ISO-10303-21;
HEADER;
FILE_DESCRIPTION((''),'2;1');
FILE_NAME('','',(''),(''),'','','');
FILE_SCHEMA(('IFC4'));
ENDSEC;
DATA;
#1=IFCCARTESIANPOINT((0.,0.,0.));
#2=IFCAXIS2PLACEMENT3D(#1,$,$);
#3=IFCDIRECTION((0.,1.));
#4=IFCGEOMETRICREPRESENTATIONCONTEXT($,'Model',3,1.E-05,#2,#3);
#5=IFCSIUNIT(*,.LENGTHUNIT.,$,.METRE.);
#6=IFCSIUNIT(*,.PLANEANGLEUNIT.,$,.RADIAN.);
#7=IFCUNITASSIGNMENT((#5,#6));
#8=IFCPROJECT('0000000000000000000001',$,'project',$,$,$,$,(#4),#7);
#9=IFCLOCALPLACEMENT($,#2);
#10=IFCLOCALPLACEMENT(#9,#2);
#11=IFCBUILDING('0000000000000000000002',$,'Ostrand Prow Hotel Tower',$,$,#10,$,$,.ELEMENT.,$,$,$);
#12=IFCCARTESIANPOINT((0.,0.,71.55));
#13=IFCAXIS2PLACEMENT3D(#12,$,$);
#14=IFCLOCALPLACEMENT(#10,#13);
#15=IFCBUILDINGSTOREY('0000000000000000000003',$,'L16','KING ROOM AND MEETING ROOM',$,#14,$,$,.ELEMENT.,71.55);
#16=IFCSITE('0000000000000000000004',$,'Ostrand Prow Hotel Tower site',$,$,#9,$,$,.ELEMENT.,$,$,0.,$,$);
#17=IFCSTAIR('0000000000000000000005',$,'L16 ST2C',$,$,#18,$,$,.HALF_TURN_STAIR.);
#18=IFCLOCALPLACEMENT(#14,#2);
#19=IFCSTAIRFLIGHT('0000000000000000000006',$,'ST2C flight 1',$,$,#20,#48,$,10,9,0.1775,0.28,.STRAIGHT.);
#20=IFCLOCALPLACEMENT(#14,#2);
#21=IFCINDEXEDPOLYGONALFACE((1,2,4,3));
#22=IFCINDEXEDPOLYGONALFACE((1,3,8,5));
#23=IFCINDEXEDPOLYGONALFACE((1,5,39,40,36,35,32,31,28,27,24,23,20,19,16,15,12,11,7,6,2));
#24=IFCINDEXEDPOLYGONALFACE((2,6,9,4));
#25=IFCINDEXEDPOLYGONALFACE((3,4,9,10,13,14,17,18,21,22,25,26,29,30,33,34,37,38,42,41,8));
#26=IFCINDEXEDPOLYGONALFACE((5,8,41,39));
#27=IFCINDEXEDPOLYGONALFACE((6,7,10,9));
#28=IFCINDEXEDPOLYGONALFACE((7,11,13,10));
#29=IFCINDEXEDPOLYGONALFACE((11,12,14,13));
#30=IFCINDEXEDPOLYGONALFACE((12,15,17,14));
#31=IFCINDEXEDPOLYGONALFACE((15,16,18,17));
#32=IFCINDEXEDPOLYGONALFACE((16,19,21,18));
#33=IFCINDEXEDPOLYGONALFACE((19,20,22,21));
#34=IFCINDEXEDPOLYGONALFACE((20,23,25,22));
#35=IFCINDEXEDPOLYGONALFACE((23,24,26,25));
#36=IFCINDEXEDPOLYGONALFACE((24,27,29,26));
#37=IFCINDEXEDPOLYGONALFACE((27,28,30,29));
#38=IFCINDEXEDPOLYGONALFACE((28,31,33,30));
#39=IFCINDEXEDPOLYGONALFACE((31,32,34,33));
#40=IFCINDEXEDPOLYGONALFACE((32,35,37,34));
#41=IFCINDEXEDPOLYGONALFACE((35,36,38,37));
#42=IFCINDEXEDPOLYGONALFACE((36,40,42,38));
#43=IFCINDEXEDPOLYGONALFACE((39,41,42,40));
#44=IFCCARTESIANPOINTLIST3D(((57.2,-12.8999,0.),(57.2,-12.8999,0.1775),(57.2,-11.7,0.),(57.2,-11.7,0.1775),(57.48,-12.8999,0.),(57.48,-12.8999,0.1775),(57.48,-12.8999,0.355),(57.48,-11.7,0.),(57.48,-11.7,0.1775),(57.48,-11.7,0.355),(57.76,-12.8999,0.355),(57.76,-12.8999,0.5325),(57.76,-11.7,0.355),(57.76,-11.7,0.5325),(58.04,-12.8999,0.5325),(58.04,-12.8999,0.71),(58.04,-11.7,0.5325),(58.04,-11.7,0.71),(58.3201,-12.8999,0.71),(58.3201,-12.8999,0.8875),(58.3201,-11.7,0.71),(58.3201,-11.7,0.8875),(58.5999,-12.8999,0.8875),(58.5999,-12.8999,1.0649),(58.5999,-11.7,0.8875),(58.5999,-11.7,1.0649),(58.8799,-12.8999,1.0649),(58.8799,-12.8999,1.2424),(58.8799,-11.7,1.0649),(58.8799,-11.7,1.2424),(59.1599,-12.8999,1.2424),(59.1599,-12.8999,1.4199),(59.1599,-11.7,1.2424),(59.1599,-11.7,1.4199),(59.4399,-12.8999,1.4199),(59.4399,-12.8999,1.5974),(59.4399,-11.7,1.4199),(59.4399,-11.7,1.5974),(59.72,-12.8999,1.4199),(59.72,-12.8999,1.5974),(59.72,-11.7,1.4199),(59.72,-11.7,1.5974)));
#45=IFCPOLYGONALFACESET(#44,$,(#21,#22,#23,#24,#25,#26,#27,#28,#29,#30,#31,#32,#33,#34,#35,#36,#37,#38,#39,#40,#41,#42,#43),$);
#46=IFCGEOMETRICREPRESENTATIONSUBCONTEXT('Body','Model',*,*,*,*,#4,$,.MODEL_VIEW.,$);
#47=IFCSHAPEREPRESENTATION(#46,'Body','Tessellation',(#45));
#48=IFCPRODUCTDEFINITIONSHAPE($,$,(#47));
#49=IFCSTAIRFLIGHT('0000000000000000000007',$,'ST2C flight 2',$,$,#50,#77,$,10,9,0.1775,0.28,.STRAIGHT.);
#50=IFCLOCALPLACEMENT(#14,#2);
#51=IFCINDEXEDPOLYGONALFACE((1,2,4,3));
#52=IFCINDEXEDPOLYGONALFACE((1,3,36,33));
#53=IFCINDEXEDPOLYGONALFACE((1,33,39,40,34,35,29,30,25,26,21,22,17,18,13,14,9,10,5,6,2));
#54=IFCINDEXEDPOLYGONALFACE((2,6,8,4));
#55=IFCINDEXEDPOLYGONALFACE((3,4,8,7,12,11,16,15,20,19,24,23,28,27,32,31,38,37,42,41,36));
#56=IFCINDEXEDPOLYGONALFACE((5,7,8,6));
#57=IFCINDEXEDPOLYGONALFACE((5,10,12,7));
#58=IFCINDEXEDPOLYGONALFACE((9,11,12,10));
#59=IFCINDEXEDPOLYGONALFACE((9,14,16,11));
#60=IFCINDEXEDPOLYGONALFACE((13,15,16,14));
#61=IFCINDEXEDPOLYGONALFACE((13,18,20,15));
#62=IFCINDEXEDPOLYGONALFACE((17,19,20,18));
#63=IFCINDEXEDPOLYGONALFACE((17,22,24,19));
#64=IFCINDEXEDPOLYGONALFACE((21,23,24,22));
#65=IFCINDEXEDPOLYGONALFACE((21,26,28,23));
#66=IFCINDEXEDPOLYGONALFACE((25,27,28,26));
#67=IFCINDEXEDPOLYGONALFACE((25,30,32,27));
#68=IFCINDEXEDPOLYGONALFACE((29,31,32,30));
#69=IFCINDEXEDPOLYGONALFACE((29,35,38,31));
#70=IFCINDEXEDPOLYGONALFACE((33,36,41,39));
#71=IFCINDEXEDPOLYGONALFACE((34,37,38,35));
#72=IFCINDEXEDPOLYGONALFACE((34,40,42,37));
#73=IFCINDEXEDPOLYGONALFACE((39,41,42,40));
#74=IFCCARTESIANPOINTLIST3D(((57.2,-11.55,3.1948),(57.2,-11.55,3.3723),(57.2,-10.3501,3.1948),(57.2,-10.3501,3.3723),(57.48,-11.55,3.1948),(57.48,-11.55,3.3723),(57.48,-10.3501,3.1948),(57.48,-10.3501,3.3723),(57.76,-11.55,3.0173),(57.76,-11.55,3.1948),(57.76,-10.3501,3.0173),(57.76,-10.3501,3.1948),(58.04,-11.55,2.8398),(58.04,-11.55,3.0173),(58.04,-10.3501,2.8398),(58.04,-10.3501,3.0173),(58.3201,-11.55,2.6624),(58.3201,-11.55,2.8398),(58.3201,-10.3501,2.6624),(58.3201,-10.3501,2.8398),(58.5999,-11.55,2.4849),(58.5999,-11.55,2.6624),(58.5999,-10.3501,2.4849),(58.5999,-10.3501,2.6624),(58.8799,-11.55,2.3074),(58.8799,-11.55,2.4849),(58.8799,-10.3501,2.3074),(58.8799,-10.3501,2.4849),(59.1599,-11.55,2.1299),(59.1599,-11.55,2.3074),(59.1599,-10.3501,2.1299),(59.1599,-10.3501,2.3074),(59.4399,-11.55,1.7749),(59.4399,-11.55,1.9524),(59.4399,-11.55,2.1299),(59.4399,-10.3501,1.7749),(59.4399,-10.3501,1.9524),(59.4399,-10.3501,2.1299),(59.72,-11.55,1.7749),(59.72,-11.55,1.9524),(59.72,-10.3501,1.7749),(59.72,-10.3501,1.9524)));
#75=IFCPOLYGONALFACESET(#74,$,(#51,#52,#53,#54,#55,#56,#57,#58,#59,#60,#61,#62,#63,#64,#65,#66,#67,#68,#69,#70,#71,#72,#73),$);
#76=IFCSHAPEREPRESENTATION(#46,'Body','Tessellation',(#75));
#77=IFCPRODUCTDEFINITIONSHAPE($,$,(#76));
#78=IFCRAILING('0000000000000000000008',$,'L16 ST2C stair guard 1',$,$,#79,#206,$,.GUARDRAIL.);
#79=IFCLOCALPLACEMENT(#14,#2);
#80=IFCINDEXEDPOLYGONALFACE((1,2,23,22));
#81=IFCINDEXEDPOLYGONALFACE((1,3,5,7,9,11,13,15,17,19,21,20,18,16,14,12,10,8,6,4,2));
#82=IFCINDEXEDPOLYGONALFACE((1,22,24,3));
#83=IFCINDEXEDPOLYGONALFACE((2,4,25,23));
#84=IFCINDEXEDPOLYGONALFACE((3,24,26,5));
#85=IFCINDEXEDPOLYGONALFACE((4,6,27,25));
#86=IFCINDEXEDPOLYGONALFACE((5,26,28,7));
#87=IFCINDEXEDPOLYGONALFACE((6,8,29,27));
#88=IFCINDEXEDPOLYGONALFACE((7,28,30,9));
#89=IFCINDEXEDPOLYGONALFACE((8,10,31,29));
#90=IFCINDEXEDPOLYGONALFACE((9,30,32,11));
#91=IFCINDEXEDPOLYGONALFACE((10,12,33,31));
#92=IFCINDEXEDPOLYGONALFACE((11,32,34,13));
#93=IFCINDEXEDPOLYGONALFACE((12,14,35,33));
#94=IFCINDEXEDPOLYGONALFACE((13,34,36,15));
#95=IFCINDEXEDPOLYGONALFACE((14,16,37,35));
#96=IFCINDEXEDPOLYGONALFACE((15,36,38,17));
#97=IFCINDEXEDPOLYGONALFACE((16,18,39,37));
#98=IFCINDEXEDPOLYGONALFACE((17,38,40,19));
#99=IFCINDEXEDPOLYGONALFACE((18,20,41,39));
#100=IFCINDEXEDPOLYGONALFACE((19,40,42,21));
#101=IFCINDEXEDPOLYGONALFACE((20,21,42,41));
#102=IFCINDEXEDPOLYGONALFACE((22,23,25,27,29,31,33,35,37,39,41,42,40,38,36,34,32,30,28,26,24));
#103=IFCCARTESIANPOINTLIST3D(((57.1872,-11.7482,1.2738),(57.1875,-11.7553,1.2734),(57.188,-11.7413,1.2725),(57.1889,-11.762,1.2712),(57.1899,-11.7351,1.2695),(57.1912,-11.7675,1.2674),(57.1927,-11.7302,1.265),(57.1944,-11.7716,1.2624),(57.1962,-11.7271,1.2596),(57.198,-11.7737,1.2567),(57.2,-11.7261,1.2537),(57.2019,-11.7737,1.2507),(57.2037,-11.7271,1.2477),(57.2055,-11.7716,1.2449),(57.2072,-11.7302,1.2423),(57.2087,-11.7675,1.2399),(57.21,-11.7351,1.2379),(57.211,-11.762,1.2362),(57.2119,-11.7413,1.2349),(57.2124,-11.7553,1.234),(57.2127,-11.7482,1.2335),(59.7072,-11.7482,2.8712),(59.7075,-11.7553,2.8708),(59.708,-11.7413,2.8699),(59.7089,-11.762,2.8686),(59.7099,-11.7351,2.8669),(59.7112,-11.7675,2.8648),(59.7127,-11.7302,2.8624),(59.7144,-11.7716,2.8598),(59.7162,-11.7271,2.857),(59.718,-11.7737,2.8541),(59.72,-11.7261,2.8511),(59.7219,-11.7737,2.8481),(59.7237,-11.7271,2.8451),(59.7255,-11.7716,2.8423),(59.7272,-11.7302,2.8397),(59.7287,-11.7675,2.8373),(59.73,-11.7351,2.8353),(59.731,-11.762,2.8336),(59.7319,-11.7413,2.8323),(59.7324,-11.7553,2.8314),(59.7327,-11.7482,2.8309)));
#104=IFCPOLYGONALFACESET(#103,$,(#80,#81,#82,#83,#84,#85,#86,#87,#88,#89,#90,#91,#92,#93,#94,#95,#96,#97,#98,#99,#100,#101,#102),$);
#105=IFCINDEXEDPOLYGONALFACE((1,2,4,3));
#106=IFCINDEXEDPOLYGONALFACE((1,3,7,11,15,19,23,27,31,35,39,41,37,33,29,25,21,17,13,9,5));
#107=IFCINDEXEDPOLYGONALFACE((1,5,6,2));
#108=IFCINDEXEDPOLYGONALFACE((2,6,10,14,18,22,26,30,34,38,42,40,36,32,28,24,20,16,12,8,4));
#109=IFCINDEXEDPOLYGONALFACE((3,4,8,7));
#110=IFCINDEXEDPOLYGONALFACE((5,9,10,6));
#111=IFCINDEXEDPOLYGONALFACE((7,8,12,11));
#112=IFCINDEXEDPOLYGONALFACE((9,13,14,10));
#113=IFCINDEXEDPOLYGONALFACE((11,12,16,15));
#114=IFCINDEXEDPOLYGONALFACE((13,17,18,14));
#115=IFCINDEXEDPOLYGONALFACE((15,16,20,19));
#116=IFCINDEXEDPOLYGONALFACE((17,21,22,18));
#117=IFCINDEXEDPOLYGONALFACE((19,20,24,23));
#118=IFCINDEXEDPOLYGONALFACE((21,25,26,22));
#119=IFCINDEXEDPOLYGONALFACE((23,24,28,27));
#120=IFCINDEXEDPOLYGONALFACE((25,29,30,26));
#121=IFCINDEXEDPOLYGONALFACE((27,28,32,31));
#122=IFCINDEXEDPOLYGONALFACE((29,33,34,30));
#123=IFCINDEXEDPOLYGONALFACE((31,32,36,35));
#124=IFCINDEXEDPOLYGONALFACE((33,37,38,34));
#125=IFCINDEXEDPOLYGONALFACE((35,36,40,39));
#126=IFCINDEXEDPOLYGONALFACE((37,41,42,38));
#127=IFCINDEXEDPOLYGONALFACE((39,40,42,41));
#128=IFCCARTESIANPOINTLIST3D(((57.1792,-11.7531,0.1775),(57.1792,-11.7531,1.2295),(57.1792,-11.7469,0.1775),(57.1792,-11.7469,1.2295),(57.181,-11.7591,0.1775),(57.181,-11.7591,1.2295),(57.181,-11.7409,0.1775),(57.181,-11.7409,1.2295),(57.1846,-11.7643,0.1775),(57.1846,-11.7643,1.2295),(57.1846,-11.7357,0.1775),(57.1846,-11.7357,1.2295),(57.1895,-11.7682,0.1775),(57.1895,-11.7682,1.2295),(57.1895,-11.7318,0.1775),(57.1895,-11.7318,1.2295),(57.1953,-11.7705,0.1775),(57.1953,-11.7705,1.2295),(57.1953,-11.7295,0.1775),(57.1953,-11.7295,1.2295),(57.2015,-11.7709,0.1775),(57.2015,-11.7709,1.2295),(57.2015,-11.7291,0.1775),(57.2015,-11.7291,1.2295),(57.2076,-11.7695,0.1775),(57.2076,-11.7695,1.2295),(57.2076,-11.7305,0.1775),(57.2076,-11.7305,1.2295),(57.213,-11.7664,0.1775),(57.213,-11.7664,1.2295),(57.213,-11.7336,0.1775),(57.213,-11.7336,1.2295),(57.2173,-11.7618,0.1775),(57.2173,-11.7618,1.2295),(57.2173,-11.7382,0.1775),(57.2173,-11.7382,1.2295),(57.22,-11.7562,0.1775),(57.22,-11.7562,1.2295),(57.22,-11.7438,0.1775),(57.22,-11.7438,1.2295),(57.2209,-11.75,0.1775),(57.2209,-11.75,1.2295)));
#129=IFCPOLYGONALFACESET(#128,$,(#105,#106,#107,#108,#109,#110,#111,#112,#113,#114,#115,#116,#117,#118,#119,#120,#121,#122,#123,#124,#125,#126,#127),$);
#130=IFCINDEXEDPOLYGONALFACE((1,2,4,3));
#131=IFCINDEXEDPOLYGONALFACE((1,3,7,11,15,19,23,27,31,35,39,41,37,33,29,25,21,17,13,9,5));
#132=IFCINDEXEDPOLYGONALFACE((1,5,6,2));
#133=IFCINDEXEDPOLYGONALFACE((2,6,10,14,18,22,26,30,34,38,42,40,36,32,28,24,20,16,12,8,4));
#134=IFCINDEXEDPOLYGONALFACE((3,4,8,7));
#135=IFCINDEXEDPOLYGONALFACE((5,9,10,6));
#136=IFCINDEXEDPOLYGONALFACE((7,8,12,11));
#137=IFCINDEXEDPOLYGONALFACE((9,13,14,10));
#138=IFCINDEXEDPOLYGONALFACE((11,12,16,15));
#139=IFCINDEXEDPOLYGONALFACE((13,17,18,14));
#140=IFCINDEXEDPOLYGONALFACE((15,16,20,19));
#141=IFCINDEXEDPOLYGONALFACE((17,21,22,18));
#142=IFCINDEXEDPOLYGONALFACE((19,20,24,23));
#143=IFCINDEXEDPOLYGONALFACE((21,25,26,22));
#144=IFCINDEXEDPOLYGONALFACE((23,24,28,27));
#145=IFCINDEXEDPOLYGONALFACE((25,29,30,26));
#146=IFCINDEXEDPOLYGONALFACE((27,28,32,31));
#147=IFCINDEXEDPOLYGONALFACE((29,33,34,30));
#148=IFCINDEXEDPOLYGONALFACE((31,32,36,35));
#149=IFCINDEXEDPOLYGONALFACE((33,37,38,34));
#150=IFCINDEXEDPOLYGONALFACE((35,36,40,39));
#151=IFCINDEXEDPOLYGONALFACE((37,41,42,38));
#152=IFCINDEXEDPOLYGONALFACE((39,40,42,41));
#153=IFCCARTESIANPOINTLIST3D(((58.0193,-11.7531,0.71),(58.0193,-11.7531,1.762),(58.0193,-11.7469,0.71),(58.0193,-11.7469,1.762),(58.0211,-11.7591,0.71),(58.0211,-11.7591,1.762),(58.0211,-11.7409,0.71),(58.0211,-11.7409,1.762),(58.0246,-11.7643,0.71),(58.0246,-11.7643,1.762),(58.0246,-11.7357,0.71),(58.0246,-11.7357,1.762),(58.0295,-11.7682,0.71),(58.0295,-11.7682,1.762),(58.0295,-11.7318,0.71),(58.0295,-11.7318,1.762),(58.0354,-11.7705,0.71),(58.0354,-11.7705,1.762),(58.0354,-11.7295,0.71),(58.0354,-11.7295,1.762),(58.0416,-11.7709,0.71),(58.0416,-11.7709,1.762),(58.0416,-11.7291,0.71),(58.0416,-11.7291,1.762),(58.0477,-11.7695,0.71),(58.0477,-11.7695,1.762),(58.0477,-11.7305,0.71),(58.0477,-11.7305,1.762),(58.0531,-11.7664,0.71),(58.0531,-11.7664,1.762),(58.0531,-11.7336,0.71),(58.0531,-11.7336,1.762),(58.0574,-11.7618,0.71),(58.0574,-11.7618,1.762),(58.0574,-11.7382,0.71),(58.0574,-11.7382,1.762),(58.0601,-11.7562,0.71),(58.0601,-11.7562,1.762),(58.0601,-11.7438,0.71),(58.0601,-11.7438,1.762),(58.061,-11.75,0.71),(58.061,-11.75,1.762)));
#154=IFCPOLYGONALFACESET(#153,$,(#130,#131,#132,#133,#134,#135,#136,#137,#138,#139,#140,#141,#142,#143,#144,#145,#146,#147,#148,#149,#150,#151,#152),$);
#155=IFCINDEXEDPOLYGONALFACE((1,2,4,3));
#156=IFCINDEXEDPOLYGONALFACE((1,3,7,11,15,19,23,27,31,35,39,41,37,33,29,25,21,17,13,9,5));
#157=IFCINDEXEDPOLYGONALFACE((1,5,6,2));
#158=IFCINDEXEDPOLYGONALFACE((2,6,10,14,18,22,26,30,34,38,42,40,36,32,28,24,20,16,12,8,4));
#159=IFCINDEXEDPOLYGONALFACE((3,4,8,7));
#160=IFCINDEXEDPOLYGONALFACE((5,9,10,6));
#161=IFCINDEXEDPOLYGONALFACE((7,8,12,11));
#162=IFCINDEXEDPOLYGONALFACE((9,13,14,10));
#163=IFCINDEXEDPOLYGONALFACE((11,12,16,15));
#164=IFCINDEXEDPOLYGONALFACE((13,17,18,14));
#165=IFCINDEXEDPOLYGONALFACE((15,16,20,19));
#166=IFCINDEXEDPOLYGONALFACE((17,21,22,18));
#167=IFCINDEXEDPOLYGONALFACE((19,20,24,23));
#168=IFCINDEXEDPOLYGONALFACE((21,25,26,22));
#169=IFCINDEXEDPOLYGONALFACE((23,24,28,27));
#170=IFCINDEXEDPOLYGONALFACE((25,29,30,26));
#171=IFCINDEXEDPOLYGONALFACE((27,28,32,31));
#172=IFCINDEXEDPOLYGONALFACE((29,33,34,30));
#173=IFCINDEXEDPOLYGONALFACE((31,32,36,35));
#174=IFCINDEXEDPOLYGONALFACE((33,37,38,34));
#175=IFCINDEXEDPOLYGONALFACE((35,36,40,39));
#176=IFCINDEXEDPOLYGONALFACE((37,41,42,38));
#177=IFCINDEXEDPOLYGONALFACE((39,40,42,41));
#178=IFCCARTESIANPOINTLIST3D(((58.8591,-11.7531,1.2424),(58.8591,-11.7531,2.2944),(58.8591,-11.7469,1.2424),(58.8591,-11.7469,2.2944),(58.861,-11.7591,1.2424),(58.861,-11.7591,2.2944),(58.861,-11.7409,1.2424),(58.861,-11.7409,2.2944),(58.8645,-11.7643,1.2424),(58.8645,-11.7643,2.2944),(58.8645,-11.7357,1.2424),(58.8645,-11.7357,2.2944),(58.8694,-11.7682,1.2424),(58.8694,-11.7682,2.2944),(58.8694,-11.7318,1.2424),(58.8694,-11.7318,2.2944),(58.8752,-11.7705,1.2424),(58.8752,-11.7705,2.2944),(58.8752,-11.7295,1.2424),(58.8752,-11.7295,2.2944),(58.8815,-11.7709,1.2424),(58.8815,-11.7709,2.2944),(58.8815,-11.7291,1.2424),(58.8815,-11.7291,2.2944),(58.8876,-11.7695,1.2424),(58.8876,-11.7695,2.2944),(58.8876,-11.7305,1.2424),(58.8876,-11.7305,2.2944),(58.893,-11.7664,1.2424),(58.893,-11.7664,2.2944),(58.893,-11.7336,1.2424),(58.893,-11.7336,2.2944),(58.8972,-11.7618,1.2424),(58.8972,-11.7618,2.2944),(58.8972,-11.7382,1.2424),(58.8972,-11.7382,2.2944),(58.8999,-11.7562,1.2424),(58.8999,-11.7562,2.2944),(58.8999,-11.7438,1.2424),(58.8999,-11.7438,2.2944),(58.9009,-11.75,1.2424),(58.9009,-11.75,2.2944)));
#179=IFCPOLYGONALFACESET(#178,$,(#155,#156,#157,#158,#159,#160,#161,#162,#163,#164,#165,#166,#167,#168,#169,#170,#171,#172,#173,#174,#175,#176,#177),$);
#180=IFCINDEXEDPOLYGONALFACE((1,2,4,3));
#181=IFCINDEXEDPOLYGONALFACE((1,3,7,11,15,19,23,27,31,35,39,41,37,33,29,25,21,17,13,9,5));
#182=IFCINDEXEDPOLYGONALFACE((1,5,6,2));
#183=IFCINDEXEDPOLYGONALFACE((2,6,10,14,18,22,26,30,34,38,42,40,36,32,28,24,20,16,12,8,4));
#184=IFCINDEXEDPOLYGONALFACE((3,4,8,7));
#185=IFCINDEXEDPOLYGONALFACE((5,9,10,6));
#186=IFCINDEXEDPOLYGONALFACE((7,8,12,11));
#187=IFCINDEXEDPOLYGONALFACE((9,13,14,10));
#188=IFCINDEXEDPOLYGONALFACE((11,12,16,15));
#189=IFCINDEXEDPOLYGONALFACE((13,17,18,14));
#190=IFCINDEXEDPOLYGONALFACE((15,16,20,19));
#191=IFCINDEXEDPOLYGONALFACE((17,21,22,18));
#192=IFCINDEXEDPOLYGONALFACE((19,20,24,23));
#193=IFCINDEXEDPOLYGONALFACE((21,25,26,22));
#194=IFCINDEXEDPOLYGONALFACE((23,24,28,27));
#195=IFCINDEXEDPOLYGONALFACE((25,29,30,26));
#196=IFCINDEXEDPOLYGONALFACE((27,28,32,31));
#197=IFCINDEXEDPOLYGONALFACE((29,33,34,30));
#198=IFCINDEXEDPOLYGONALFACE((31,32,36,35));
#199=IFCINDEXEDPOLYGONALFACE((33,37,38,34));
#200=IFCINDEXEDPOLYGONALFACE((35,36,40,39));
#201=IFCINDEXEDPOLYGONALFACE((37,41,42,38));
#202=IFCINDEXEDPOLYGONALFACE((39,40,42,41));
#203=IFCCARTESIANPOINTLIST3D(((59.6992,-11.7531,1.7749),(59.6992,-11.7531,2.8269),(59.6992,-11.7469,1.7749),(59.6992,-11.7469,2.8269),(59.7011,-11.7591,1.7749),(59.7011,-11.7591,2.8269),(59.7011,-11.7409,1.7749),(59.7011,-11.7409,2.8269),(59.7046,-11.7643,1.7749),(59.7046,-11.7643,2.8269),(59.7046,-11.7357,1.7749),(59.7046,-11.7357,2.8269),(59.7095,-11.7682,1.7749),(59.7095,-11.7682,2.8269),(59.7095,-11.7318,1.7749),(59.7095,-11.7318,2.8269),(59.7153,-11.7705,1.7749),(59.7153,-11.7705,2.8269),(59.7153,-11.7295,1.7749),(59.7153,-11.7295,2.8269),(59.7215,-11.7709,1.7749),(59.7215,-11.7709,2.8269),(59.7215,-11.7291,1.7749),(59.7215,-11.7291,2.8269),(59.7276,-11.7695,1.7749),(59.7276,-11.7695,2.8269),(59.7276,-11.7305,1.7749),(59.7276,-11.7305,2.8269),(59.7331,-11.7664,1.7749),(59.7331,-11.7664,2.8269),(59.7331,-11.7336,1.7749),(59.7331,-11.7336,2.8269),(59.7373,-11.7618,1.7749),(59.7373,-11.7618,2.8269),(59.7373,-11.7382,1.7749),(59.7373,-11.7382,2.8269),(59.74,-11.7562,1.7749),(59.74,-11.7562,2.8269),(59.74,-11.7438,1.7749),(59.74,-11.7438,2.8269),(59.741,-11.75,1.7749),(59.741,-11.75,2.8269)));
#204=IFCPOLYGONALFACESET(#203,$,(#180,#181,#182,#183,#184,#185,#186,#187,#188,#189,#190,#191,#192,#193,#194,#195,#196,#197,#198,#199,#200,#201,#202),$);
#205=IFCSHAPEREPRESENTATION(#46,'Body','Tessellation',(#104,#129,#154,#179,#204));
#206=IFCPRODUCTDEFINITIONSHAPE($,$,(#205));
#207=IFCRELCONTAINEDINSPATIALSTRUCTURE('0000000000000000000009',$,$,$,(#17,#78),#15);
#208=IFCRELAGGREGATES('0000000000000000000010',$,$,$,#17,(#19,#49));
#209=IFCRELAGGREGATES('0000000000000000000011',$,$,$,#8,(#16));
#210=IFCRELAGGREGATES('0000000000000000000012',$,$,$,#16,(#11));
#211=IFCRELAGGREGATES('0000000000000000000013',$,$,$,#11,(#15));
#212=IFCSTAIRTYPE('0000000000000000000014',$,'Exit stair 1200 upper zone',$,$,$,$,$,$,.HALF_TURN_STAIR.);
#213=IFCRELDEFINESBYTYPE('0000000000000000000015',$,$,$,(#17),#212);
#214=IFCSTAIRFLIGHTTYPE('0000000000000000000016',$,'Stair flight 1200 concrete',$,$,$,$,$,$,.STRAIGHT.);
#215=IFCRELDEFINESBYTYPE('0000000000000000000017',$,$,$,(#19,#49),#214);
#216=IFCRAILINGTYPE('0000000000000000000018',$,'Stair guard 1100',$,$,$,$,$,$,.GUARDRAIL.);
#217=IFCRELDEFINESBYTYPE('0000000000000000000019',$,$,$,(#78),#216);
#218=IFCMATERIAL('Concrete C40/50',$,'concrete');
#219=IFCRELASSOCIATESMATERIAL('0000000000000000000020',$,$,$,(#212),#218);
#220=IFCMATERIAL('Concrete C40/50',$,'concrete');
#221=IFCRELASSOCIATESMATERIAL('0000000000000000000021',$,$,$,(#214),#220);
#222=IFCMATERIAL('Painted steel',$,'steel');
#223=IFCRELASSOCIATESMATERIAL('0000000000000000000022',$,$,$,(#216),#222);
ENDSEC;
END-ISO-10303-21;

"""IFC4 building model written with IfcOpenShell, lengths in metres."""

from ifc_helpers import new_model, si_unit, direction, frame, origin, origin_2d, place, context, subcontext, project, spatial, polyline, circle, outline, extrude, material, type_object, element, aggregate, save


model = new_model("IFC4")

# Units and contexts
model_context = context("Model", 3, precision=1e-05, world=origin(), true_north=direction((0.0, 1.0)))
body_context = subcontext(model_context, "Body", "Model", "MODEL_VIEW")
ifc_project = project(units=[si_unit("LENGTHUNIT", "METRE"), si_unit("PLANEANGLEUNIT", "RADIAN")], contexts=[model_context])

# Site, building, storey
site_placement = place(None, origin())
site = spatial("IfcSite", under=ifc_project, at=site_placement, Name="Ostrand Prow Hotel Tower site", CompositionType="ELEMENT", RefElevation=0.0)
building_placement = place(site_placement, origin())
building = spatial("IfcBuilding", under=site, at=building_placement, Name="Ostrand Prow Hotel Tower", CompositionType="ELEMENT")
storey_placement = place(building_placement, frame((0.0, 0.0, 71.55)))
storey = spatial("IfcBuildingStorey", under=building, at=storey_placement, Name="L16", Description="KING ROOM AND MEETING ROOM", CompositionType="ELEMENT", Elevation=71.55)

# Stair, stair flights
ifc_material_1 = material(Name="Concrete C40/50", Category="concrete")
stair_type = type_object("IfcStairType", Name="Exit stair 1200 upper zone", PredefinedType="HALF_TURN_STAIR", material=ifc_material_1)
stair_placement = place(storey_placement, origin())
stair = element("IfcStair", 1, at=stair_placement, inside=storey, type_object=stair_type, Name="L16 ST2C", PredefinedType="HALF_TURN_STAIR")
ifc_material_2 = material(Name="Concrete C40/50", Category="concrete")
stair_flight_type = type_object("IfcStairFlightType", Name="Stair flight 1200 concrete", PredefinedType="STRAIGHT", material=ifc_material_2)
stair_flight_1_placement = place(storey_placement, frame((57.2, -12.3, 0.0), z_axis=(0.0, 0.0, 1.0), x_axis=(1.0, 0.0, 0.0)))
stair_flight_1 = element("IfcStairFlight", 2, at=stair_flight_1_placement, type_object=stair_flight_type, Name="ST2C flight 1", NumberOfRisers=10, NumberOfTreads=9, PredefinedType="STRAIGHT", RiserHeight=0.1775, TreadLength=0.28, context=body_context, shape_type="SweptSolid", body=[
    extrude(outline(polyline([(0.0, 0.0), (0.0, 0.1775), (0.28, 0.1775), (0.28, 0.355), (0.5601, 0.355), (0.5601, 0.5325), (0.8401, 0.5325), (0.8401, 0.71), (1.1201, 0.71), (1.1201, 0.8875), (1.3999, 0.8875), (1.3999, 1.0649), (1.6799, 1.0649), (1.6799, 1.2424), (1.96, 1.2424), (1.96, 1.4199), (2.24, 1.4199), (2.24, 1.5974), (2.52, 1.5974), (2.52, 1.7749), (2.52, 1.4199), (0.28, 0.0), (0.0, 0.0)])), frame((0.0, 0.6001, 0.0), z_axis=(0.0, -1.0, 0.0), x_axis=(1.0, 0.0, 0.0)), (0.0, 0.0, 1.0), 1.2),
])
stair_flight_2_placement = place(storey_placement, frame((59.72, -10.95, 1.7749), z_axis=(0.0, 0.0, 1.0), x_axis=(-1.0, 0.0, 0.0)))
stair_flight_2 = element("IfcStairFlight", 3, at=stair_flight_2_placement, type_object=stair_flight_type, Name="ST2C flight 2", NumberOfRisers=10, NumberOfTreads=9, PredefinedType="STRAIGHT", RiserHeight=0.1775, TreadLength=0.28, context=body_context, shape_type="SweptSolid", body=[
    extrude(outline(polyline([(0.0, 0.0), (0.0, 0.1775), (0.28, 0.1775), (0.28, 0.355), (0.5601, 0.355), (0.5601, 0.5325), (0.8401, 0.5325), (0.8401, 0.71), (1.1201, 0.71), (1.1201, 0.8875), (1.3999, 0.8875), (1.3999, 1.0649), (1.6799, 1.0649), (1.6799, 1.2424), (1.96, 1.2424), (1.96, 1.4199), (2.24, 1.4199), (2.24, 1.5974), (2.52, 1.5974), (2.52, 1.7749), (2.52, 1.4199), (0.28, 0.0), (0.0, 0.0)])), frame((0.0, 0.6001, 0.0), z_axis=(0.0, -1.0, 0.0), x_axis=(1.0, 0.0, 0.0)), (0.0, 0.0, 1.0), 1.2),
])
aggregate(stair, [stair_flight_1, stair_flight_2])

# Railing
ifc_material_3 = material(Name="Painted steel", Category="steel")
railing_type_1 = type_object("IfcRailingType", Name="Stair guard 1100", PredefinedType="GUARDRAIL", material=ifc_material_3)
railing_1_placement = place(storey_placement, frame((57.2, -11.75, 0.1775)))
element("IfcRailing", 4, at=railing_1_placement, inside=storey, type_object=railing_type_1, Name="L16 ST2C stair guard 1", PredefinedType="GUARDRAIL", context=body_context, shape_type="SweptSolid", body=[
    extrude(circle(Radius=0.0239, at=origin_2d()), frame((0.0, 0.0, 1.0762), z_axis=(0.844607, 0.0, 0.535387), x_axis=(0.0, 1.0, 0.0)), (0.0, 0.0, 1.0), 2.9836),
    extrude(circle(Radius=0.021, at=origin_2d()), origin(), (0.0, 0.0, 1.0), 1.052),
    extrude(circle(Radius=0.021, at=origin_2d()), frame((0.8401, 0.0, 0.5325)), (0.0, 0.0, 1.0), 1.052),
    extrude(circle(Radius=0.021, at=origin_2d()), frame((1.6799, 0.0, 1.0649)), (0.0, 0.0, 1.0), 1.052),
    extrude(circle(Radius=0.021, at=origin_2d()), frame((2.52, 0.0, 1.5974)), (0.0, 0.0, 1.0), 1.052),
])

save(model, "model.ifc")
